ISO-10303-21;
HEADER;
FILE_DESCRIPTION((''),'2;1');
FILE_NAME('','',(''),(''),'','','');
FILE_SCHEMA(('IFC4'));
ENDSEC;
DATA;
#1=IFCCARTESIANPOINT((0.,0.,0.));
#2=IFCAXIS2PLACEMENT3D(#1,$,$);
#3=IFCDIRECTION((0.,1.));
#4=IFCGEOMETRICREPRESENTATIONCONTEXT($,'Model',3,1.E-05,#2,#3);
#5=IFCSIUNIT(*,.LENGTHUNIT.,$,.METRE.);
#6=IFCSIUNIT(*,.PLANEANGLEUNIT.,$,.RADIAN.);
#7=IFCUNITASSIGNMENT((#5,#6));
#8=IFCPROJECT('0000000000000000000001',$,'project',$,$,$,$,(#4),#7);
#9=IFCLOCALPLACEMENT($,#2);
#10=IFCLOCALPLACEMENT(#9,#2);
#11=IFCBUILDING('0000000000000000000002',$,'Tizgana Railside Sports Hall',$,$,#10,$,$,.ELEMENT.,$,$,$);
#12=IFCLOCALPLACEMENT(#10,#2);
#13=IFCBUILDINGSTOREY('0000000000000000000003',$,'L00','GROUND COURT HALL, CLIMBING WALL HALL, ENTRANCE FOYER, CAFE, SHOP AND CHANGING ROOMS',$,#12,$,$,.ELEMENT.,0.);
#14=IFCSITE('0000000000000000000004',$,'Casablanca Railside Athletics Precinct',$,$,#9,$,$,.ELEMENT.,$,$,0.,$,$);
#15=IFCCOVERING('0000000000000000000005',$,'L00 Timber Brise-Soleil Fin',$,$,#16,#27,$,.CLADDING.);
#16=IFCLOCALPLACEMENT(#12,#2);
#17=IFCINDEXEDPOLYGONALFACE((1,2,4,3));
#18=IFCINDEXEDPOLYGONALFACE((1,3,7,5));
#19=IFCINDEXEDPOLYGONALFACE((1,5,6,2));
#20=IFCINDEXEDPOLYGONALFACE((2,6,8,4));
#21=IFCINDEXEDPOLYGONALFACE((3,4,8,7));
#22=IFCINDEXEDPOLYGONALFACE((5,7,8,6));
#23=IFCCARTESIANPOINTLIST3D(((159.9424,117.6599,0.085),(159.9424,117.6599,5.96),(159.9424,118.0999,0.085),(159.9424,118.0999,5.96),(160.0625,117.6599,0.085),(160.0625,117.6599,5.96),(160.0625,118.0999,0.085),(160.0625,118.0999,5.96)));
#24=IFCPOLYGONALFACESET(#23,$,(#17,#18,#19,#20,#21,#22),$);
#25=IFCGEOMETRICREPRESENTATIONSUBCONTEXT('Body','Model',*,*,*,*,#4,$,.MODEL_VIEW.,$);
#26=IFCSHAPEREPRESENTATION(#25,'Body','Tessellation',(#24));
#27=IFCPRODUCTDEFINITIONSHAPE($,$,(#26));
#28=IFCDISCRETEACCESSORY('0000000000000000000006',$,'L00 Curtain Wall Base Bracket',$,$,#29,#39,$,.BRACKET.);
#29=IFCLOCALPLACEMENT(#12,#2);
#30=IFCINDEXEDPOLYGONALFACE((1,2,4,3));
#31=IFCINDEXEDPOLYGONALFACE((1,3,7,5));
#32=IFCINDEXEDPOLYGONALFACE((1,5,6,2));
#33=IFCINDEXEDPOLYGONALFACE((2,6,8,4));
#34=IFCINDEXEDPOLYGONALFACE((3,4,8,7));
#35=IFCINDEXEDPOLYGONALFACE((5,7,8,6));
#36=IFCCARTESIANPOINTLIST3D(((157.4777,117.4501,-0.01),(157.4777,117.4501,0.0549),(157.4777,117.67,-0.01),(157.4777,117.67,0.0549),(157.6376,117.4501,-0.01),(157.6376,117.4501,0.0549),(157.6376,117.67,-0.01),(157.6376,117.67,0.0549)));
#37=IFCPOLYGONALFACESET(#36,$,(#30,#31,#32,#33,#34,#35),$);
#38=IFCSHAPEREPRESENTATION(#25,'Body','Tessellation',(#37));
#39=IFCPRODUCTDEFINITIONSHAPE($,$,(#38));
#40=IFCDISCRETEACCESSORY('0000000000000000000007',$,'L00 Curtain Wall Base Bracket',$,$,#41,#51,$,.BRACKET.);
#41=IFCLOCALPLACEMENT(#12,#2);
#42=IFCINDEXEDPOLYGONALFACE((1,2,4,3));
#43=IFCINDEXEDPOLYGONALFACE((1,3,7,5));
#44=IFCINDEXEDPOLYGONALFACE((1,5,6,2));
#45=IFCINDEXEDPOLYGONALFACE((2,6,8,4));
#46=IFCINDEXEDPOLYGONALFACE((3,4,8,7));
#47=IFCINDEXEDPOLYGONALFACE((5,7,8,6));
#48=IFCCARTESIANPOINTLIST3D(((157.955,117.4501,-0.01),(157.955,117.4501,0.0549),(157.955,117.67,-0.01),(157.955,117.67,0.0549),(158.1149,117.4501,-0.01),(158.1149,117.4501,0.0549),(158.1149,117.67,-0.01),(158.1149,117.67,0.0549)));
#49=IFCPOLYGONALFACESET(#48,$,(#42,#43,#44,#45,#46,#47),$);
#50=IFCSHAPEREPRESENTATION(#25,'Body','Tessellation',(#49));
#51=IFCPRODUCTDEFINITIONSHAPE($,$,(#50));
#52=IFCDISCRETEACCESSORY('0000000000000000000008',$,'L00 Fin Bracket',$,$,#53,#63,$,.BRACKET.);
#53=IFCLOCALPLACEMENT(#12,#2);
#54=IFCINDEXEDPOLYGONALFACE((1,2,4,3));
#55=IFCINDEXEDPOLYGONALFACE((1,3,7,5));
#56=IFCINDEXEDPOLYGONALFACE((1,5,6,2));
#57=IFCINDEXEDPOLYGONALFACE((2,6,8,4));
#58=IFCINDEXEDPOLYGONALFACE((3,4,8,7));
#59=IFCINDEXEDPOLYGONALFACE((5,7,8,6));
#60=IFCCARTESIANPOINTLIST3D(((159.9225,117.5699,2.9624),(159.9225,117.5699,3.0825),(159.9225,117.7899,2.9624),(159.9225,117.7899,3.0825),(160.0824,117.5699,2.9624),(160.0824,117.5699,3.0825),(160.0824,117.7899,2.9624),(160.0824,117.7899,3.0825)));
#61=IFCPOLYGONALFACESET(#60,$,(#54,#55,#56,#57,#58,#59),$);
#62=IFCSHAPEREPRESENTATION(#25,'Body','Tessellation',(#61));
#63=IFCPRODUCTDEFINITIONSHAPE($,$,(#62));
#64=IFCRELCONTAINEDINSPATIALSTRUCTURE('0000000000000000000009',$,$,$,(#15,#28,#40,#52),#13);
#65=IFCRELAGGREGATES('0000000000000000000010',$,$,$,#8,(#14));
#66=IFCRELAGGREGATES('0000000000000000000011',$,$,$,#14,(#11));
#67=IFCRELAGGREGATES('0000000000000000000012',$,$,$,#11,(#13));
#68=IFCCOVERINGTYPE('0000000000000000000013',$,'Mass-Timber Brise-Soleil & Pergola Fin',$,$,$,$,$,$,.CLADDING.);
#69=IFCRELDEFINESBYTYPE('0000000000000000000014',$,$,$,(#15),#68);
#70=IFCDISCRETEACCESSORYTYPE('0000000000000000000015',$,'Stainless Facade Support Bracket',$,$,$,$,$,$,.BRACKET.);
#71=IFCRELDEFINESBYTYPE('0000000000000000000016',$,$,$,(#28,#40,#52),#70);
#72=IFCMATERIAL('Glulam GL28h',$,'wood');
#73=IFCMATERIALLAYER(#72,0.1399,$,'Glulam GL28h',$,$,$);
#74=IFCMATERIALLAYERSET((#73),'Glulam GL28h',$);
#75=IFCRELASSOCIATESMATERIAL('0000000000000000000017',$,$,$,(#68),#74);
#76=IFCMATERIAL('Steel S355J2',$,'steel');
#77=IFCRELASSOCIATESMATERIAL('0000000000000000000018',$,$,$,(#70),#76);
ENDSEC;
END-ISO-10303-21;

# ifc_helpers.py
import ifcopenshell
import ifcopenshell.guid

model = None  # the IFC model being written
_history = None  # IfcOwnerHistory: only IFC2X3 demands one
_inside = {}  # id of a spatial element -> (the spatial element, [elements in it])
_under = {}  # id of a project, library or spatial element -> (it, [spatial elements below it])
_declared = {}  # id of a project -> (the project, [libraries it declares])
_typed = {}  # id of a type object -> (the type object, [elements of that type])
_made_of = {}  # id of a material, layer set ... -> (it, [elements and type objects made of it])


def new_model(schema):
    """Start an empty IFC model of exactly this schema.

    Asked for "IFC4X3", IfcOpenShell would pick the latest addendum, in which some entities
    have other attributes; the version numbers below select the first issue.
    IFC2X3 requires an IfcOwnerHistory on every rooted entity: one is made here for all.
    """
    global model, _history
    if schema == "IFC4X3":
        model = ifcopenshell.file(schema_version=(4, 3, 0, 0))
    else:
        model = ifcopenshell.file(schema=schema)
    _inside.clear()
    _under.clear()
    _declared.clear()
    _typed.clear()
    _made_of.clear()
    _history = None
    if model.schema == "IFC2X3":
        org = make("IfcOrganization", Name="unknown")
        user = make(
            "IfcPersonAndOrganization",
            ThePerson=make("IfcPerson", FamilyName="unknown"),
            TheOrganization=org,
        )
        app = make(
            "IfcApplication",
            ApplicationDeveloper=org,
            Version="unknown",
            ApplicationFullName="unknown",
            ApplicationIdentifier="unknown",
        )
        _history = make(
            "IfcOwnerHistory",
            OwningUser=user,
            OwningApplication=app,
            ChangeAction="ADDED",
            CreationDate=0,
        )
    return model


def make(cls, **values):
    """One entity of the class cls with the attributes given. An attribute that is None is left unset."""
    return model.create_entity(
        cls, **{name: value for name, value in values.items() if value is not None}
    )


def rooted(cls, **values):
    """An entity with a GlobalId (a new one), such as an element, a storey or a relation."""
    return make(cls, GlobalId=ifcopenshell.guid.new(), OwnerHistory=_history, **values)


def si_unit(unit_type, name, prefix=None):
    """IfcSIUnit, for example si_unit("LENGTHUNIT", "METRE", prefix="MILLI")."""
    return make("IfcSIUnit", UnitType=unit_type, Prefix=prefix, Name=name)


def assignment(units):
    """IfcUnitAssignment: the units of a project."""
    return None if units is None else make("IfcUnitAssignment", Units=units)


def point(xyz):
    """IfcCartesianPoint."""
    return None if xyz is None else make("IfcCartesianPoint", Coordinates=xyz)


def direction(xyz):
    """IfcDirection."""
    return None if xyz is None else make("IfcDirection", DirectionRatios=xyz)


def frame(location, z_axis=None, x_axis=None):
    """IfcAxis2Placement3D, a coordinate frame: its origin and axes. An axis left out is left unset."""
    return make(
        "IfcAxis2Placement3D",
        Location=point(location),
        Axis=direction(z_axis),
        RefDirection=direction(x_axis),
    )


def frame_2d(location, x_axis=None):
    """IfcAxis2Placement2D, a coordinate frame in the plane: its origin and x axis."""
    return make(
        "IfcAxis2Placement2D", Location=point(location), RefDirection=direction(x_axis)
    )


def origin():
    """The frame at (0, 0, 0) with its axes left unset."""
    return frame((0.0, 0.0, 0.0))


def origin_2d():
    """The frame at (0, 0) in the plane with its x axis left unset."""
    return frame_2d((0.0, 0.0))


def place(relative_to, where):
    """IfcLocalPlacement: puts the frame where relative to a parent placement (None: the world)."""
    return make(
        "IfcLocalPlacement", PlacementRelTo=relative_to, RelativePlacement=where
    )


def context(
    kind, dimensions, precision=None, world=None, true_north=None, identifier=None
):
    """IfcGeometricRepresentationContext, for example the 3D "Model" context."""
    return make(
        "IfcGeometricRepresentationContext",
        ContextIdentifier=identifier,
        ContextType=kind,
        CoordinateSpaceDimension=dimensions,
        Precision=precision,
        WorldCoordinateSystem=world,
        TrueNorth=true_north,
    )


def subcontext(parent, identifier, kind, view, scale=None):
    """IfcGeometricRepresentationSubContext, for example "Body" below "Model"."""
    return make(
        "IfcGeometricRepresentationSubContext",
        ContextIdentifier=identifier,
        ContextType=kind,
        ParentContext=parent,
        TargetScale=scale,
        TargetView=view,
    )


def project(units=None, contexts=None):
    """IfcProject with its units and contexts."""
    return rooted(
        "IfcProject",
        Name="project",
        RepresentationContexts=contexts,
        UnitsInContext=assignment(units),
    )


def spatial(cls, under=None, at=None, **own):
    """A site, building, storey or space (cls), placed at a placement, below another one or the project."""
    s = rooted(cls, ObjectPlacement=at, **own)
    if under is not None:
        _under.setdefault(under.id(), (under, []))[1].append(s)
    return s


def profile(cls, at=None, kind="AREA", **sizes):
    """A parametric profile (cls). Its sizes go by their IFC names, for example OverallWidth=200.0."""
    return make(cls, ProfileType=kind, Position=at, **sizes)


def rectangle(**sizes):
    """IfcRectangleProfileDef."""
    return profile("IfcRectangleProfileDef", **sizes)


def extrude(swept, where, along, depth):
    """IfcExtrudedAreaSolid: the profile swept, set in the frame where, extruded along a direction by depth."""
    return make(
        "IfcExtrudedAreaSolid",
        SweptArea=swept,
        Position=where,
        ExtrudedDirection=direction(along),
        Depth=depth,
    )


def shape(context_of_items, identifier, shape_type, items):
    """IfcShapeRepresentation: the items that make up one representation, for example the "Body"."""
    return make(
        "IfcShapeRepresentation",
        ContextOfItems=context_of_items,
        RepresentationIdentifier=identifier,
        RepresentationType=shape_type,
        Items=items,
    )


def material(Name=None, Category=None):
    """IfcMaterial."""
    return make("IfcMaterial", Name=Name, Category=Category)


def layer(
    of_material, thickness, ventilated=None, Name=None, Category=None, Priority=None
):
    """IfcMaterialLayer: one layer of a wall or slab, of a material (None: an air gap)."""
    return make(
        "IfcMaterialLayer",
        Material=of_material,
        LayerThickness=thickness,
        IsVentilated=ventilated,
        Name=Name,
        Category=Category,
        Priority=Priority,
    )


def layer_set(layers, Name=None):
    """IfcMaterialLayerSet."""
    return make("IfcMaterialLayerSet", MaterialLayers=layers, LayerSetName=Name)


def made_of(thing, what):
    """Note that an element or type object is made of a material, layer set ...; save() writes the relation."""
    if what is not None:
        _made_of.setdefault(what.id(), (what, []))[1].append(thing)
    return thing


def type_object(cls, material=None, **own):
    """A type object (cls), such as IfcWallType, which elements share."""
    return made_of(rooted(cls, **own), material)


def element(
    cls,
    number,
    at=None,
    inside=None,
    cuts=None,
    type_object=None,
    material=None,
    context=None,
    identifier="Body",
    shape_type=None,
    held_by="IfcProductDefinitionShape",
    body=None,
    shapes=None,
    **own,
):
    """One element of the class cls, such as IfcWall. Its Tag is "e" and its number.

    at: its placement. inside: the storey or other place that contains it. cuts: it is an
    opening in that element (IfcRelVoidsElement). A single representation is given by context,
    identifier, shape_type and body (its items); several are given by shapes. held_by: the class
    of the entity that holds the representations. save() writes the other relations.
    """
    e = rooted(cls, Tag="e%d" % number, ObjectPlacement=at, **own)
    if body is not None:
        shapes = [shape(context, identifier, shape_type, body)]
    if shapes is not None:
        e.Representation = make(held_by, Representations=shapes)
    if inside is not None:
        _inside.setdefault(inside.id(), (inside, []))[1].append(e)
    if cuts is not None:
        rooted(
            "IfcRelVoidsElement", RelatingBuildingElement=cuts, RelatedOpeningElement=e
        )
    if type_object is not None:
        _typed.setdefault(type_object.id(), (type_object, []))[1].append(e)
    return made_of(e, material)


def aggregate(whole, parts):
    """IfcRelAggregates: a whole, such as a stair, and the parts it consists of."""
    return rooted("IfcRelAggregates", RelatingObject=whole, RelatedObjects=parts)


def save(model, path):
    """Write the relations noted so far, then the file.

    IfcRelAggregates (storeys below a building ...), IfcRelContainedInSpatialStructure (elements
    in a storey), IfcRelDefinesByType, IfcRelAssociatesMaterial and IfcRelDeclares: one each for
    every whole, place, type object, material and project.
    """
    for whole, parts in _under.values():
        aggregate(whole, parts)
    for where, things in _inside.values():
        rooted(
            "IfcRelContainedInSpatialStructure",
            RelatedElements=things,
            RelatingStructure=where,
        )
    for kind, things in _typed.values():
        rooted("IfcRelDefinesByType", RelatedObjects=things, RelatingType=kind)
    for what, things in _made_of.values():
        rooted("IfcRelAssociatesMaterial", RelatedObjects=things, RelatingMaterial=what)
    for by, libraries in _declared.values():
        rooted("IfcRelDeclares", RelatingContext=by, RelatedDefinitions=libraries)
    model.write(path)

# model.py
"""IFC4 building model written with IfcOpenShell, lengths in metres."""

from ifc_helpers import new_model, si_unit, direction, frame, origin, origin_2d, place, context, subcontext, project, spatial, rectangle, extrude, material, layer, layer_set, type_object, element, save


model = new_model("IFC4")

# Units and contexts
model_context = context("Model", 3, precision=1e-05, world=origin(), true_north=direction((0.0, 1.0)))
body_context = subcontext(model_context, "Body", "Model", "MODEL_VIEW")
ifc_project = project(units=[si_unit("LENGTHUNIT", "METRE"), si_unit("PLANEANGLEUNIT", "RADIAN")], contexts=[model_context])

# Site, building, storey
site_placement = place(None, origin())
site = spatial("IfcSite", under=ifc_project, at=site_placement, Name="Casablanca Railside Athletics Precinct", CompositionType="ELEMENT", RefElevation=0.0)
building_placement = place(site_placement, origin())
building = spatial("IfcBuilding", under=site, at=building_placement, Name="Tizgana Railside Sports Hall", CompositionType="ELEMENT")
storey_placement = place(building_placement, origin())
storey = spatial("IfcBuildingStorey", under=building, at=storey_placement, Name="L00", Description="GROUND COURT HALL, CLIMBING WALL HALL, ENTRANCE FOYER, CAFE, SHOP AND CHANGING ROOMS", CompositionType="ELEMENT", Elevation=0.0)

# Shared definitions
ifc_material_1 = material(Name="Steel S355J2", Category="steel")

# Covering
ifc_material_2 = material(Name="Glulam GL28h", Category="wood")
ifc_layer_1 = layer(ifc_material_2, 0.1399, Name="Glulam GL28h")
ifc_layer_set_1 = layer_set([ifc_layer_1], Name="Glulam GL28h")
covering_type = type_object("IfcCoveringType", Name="Mass-Timber Brise-Soleil & Pergola Fin", PredefinedType="CLADDING", material=ifc_layer_set_1)
covering_placement = place(storey_placement, frame((160.0024, 117.8799, 0.085), z_axis=(0.0, 0.0, 1.0), x_axis=(1.0, 0.0, 0.0)))
element("IfcCovering", 1, at=covering_placement, inside=storey, type_object=covering_type, Name="L00 Timber Brise-Soleil Fin", PredefinedType="CLADDING", context=body_context, shape_type="SweptSolid", body=[
    extrude(rectangle(XDim=0.1201, YDim=0.4399, at=origin_2d()), origin(), (0.0, 0.0, 1.0), 5.875),
])

# Discrete accessories
discrete_accessory_type = type_object("IfcDiscreteAccessoryType", Name="Stainless Facade Support Bracket", PredefinedType="BRACKET", material=ifc_material_1)
for number, where, z_axis, x_axis, name in (
    (2, (157.5576, 117.5601, -0.01), (0.0, 0.0, 1.0), (1.0, 0.0, 0.0), "L00 Curtain Wall Base Bracket"),
    (3, (158.0349, 117.5601, -0.01), (0.0, 0.0, 1.0), (1.0, 0.0, 0.0), "L00 Curtain Wall Base Bracket"),
):
    element("IfcDiscreteAccessory", number, at=place(storey_placement, frame(where, z_axis=z_axis, x_axis=x_axis)), inside=storey, type_object=discrete_accessory_type, Name=name, PredefinedType="BRACKET", context=body_context, shape_type="SweptSolid", body=[
        extrude(rectangle(XDim=0.1599, YDim=0.22, at=origin_2d()), origin(), (0.0, 0.0, 1.0), 0.0649),
    ])
discrete_accessory_placement = place(storey_placement, frame((160.0024, 117.6799, 2.9624), z_axis=(0.0, 0.0, 1.0), x_axis=(1.0, 0.0, 0.0)))
element("IfcDiscreteAccessory", 4, at=discrete_accessory_placement, inside=storey, type_object=discrete_accessory_type, Name="L00 Fin Bracket", PredefinedType="BRACKET", context=body_context, shape_type="SweptSolid", body=[
    extrude(rectangle(XDim=0.1599, YDim=0.22, at=origin_2d()), origin(), (0.0, 0.0, 1.0), 0.1201),
])

save(model, "model.ifc")
